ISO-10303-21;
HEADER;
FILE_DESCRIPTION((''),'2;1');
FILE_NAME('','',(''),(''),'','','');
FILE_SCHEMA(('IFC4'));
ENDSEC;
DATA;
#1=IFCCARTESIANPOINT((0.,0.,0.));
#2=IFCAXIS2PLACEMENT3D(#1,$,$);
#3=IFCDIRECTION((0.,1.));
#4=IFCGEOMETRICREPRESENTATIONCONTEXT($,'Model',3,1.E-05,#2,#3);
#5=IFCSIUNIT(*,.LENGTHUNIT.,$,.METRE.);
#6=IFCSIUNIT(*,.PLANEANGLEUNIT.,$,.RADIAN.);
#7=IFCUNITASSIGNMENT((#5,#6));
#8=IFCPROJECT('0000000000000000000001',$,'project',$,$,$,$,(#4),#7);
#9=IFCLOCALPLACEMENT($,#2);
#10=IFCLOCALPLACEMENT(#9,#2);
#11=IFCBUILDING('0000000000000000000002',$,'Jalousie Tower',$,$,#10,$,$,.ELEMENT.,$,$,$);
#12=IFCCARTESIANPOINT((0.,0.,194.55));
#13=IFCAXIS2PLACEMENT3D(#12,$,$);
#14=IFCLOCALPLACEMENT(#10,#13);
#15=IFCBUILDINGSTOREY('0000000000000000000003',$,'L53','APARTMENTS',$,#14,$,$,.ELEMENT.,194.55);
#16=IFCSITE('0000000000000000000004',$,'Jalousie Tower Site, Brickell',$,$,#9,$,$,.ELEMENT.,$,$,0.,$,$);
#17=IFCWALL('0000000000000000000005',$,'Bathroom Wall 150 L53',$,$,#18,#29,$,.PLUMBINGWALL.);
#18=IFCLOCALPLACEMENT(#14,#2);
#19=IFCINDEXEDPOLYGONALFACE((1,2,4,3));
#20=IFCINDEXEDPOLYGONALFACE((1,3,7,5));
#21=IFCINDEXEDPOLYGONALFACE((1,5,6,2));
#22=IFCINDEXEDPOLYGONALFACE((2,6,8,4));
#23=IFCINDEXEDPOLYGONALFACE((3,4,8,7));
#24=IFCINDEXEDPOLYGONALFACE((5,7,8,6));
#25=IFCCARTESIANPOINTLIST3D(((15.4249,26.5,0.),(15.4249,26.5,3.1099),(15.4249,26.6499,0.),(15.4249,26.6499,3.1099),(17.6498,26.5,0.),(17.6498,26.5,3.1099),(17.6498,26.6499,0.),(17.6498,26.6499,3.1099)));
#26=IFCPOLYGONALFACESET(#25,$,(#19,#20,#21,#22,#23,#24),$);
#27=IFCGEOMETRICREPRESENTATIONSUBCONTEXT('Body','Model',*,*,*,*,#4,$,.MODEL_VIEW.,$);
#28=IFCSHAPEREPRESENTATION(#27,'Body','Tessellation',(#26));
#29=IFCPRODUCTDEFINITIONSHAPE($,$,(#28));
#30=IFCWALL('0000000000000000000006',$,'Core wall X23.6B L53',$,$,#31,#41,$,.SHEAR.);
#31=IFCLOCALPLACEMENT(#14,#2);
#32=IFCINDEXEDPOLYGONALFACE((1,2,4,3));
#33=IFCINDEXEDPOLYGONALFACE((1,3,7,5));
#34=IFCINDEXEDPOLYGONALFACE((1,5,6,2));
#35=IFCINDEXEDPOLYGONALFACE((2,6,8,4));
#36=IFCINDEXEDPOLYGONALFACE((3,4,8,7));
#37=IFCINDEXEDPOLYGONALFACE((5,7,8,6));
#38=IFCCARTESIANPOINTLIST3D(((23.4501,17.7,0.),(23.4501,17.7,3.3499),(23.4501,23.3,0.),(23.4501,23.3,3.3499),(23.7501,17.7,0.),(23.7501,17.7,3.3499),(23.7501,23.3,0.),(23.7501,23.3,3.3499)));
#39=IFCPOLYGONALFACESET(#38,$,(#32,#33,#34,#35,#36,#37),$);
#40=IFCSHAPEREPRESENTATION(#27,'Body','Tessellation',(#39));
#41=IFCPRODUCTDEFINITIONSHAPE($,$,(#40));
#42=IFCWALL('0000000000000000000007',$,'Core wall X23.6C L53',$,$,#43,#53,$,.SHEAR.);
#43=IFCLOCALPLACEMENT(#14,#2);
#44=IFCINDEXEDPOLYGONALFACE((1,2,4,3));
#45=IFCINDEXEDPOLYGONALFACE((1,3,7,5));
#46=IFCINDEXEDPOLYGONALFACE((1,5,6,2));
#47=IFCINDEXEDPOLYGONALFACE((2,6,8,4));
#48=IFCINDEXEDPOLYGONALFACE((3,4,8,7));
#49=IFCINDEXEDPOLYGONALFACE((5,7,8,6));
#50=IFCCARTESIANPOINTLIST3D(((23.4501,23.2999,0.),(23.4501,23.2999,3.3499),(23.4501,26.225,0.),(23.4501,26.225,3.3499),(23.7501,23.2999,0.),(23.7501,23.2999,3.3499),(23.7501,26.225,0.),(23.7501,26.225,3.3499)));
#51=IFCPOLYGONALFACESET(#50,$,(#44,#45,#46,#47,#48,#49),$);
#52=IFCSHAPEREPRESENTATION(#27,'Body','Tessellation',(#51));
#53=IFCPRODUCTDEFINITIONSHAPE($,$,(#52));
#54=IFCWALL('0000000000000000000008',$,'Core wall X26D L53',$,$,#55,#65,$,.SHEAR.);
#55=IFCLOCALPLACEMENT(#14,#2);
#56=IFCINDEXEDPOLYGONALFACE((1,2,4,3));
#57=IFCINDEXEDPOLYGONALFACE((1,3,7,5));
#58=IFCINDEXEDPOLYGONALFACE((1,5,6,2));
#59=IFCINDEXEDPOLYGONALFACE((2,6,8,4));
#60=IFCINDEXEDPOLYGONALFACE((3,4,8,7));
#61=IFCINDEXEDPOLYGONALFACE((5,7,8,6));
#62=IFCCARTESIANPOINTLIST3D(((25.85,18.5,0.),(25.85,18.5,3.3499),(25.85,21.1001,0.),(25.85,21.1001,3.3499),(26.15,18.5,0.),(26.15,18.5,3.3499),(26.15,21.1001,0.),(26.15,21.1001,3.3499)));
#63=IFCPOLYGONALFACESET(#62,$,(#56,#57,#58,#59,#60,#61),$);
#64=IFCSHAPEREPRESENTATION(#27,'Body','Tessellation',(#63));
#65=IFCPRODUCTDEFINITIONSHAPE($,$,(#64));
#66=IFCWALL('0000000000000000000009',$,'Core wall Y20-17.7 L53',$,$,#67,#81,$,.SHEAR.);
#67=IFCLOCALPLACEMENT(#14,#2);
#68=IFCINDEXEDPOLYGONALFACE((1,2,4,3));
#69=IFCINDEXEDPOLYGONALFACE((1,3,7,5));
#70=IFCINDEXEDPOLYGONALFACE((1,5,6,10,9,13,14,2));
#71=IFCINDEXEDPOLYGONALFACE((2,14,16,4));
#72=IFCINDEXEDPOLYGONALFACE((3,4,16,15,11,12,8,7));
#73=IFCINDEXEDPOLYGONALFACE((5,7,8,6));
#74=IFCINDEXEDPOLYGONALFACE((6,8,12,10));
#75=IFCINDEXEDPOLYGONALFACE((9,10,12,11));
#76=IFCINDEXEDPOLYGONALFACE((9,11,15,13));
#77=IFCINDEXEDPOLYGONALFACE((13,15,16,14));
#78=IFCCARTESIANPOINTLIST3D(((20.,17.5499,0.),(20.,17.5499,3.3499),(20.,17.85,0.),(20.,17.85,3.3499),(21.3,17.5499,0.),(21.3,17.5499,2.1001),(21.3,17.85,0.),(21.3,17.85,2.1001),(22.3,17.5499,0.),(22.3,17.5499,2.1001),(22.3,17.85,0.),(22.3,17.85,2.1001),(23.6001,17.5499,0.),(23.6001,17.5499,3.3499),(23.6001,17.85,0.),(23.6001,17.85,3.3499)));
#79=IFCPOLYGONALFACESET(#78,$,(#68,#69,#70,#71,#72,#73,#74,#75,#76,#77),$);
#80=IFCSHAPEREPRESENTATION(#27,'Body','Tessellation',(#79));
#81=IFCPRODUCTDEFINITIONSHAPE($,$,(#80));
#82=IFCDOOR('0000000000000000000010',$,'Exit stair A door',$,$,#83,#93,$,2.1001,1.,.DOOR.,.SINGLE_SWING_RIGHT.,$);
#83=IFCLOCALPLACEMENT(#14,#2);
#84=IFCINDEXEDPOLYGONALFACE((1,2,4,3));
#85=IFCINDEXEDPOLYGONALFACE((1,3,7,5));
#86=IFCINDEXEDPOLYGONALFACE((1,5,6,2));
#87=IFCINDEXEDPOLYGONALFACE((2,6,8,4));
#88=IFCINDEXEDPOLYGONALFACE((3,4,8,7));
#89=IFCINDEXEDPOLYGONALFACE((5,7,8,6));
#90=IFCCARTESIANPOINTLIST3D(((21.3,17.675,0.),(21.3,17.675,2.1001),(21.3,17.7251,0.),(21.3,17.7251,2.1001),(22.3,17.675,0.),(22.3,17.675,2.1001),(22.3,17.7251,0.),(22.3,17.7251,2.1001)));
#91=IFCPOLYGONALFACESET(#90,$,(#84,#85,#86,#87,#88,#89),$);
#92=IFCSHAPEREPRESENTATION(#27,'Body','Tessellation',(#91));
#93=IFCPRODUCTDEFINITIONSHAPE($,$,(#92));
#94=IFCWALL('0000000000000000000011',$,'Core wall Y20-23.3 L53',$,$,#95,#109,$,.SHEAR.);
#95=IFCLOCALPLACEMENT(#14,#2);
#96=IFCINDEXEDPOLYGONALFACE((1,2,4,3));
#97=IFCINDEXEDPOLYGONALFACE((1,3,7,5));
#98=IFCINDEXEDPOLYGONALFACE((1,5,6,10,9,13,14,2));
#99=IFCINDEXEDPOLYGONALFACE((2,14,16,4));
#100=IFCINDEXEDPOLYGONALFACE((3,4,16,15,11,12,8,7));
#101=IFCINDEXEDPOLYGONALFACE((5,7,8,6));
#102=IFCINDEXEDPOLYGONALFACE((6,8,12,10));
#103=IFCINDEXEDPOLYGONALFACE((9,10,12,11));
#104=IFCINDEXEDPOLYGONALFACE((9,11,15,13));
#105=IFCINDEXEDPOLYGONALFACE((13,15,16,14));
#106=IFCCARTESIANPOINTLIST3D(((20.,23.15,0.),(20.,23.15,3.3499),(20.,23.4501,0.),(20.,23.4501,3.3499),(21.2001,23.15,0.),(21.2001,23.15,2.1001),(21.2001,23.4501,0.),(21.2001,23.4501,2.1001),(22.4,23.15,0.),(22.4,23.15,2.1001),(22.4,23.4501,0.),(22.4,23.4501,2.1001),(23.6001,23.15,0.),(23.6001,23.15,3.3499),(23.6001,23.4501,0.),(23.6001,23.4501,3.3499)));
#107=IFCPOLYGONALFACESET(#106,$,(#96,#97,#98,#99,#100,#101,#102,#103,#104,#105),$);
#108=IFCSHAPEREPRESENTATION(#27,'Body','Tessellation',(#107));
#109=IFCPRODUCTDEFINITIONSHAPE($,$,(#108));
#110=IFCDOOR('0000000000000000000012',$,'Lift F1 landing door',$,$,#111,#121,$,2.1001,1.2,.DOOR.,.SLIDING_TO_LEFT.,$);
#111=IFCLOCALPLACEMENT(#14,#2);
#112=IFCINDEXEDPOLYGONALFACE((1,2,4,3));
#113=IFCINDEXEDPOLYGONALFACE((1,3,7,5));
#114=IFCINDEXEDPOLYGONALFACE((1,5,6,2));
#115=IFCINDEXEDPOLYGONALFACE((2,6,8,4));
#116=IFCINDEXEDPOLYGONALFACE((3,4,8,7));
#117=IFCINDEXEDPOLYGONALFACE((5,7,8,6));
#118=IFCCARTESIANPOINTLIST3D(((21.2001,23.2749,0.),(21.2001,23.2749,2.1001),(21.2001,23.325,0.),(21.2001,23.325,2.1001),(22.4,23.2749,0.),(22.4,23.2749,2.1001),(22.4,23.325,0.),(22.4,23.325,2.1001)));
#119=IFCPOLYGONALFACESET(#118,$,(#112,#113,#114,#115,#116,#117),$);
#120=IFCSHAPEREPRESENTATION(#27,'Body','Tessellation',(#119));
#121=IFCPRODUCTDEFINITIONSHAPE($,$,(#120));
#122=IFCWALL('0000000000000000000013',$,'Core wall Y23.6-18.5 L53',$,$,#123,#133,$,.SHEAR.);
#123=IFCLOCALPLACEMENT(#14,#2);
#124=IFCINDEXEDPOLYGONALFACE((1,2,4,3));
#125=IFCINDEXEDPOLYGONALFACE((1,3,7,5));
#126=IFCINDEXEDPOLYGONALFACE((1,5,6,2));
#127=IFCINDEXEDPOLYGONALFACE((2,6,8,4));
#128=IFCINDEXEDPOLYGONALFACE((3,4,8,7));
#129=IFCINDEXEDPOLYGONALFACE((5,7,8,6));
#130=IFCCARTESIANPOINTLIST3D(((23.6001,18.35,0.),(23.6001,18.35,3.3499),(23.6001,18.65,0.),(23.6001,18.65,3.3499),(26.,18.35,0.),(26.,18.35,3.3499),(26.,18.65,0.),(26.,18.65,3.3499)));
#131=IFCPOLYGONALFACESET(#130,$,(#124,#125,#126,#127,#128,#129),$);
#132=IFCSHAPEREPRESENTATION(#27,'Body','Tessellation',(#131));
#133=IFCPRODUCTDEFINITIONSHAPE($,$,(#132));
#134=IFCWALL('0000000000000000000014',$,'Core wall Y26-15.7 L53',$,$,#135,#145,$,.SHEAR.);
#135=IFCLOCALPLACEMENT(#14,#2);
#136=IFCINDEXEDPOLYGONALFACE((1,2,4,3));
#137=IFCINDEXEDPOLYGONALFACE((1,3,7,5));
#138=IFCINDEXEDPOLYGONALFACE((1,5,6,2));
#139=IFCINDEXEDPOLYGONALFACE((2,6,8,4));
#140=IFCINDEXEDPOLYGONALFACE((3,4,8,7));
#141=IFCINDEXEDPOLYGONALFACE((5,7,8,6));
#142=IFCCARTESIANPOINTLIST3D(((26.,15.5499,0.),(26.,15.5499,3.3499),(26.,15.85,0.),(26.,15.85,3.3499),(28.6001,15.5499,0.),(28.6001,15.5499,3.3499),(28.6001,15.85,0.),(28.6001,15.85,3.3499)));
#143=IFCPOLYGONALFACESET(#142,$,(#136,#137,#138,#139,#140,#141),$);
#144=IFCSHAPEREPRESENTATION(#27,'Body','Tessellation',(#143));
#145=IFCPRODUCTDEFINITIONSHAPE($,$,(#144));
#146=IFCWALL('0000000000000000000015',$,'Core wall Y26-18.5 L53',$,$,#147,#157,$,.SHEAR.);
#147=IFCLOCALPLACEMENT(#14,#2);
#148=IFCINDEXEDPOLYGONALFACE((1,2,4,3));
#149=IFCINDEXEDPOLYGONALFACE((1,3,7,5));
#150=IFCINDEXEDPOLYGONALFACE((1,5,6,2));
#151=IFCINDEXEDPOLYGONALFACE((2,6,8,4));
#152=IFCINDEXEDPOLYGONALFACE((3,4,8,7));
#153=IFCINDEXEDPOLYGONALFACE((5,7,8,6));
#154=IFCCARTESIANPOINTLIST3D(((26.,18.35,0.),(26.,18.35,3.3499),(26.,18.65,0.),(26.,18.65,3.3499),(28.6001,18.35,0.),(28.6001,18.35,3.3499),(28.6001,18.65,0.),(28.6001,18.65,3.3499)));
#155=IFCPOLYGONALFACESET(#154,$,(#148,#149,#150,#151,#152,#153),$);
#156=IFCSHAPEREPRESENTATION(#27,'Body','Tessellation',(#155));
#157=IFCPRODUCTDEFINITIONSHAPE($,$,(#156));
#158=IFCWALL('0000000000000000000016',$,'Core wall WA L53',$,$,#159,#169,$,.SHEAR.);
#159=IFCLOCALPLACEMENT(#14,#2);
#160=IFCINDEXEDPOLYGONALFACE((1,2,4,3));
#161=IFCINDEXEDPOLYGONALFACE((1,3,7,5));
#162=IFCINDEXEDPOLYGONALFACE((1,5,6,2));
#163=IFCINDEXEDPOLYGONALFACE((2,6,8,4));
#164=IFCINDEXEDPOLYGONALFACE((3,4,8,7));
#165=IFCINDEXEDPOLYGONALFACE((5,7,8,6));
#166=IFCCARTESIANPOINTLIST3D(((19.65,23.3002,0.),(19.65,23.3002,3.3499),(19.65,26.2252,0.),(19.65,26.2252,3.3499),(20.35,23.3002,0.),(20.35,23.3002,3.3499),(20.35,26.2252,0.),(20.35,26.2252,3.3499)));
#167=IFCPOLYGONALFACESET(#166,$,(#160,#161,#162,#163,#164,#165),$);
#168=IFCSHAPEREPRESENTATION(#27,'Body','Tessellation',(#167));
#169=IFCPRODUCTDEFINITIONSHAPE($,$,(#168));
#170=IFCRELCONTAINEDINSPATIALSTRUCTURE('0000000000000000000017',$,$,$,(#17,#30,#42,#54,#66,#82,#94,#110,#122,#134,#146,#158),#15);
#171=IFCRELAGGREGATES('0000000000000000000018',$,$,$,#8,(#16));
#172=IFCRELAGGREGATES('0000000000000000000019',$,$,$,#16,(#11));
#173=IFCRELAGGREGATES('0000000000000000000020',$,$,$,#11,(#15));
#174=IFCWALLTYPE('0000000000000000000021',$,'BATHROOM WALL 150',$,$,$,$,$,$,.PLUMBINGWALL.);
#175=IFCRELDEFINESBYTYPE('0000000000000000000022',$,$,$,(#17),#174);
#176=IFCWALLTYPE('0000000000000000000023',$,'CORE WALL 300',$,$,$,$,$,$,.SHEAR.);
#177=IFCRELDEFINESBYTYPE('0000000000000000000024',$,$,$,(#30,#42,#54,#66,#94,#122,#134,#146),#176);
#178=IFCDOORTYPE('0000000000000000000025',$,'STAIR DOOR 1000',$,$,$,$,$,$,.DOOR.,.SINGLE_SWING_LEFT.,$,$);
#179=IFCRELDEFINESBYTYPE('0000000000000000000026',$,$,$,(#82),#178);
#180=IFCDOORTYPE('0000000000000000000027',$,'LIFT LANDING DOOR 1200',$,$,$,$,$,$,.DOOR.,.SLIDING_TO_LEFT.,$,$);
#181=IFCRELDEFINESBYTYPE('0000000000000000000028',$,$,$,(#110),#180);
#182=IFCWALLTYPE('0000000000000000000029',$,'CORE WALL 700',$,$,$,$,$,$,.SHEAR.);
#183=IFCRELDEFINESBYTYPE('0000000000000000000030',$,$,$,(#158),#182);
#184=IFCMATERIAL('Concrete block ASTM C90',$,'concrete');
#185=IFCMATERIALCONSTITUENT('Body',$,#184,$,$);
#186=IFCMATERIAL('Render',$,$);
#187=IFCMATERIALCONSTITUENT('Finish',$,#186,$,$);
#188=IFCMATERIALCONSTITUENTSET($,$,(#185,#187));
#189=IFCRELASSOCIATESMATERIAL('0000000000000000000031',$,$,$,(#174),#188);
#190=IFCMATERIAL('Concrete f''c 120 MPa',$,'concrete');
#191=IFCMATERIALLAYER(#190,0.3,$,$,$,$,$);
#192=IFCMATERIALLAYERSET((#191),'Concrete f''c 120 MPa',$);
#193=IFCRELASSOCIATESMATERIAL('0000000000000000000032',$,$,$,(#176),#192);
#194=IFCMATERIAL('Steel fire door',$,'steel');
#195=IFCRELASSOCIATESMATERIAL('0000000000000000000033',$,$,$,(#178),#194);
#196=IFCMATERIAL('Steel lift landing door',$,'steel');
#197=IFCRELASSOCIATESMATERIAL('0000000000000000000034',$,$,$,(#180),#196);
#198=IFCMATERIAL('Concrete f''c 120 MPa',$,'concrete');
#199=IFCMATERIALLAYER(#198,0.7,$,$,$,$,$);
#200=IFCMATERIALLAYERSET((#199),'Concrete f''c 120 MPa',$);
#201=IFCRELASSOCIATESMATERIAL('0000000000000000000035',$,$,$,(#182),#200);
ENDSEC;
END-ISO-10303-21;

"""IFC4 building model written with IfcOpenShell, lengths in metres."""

from ifc_helpers import new_model, si_unit, direction, frame, frame_2d, origin, place, context, subcontext, project, spatial, rectangle, extrude, material, layer, layer_set, constituent, constituent_set, type_object, element, fill, save


model = new_model("IFC4")

# Units and contexts
model_context = context("Model", 3, precision=1e-05, world=origin(), true_north=direction((0.0, 1.0)))
body_context = subcontext(model_context, "Body", "Model", "MODEL_VIEW")
ifc_project = project(units=[si_unit("LENGTHUNIT", "METRE"), si_unit("PLANEANGLEUNIT", "RADIAN")], contexts=[model_context])

# Site, building, storey
site_placement = place(None, origin())
site = spatial("IfcSite", under=ifc_project, at=site_placement, Name="Jalousie Tower Site, Brickell", CompositionType="ELEMENT", RefElevation=0.0)
building_placement = place(site_placement, origin())
building = spatial("IfcBuilding", under=site, at=building_placement, Name="Jalousie Tower", CompositionType="ELEMENT")
storey_placement = place(building_placement, frame((0.0, 0.0, 194.55)))
storey = spatial("IfcBuildingStorey", under=building, at=storey_placement, Name="L53", Description="APARTMENTS", CompositionType="ELEMENT", Elevation=194.55)

# Walls
ifc_material_1 = material(Name="Concrete block ASTM C90", Category="concrete")
ifc_constituent_1 = constituent(ifc_material_1, Name="Body")
ifc_material_2 = material(Name="Render")
ifc_constituent_2 = constituent(ifc_material_2, Name="Finish")
ifc_constituent_set = constituent_set(constituents=[ifc_constituent_1, ifc_constituent_2])
wall_type_1 = type_object("IfcWallType", Name="BATHROOM WALL 150", PredefinedType="PLUMBINGWALL", material=ifc_constituent_set)
wall_1_placement = place(storey_placement, frame((15.425, 26.575, 0.0), z_axis=(0.0, 0.0, 1.0), x_axis=(1.0, 0.0, 0.0)))
element("IfcWall", 1, at=wall_1_placement, inside=storey, type_object=wall_type_1, Name="Bathroom Wall 150 L53", PredefinedType="PLUMBINGWALL", context=body_context, shape_type="SweptSolid", body=[
    extrude(rectangle(XDim=2.2249, YDim=0.1499, at=frame_2d((1.1123, 0.0))), origin(), (0.0, 0.0, 1.0), 3.1099),
])
ifc_material_3 = material(Name="Concrete f'c 120 MPa", Category="concrete")
ifc_layer_1 = layer(ifc_material_3, 0.3)
ifc_layer_set_1 = layer_set([ifc_layer_1], Name="Concrete f'c 120 MPa")
wall_type_2 = type_object("IfcWallType", Name="CORE WALL 300", PredefinedType="SHEAR", material=ifc_layer_set_1)
wall_2_placement = place(storey_placement, frame((23.6001, 17.7, 0.0), z_axis=(0.0, 0.0, 1.0), x_axis=(0.0, 1.0, 0.0)))
element("IfcWall", 2, at=wall_2_placement, inside=storey, type_object=wall_type_2, Name="Core wall X23.6B L53", PredefinedType="SHEAR", context=body_context, shape_type="SweptSolid", body=[
    extrude(rectangle(XDim=5.6001, YDim=0.3, at=frame_2d((2.8, 0.0))), origin(), (0.0, 0.0, 1.0), 3.3499),
])
wall_3_placement = place(storey_placement, frame((23.6001, 23.3, 0.0), z_axis=(0.0, 0.0, 1.0), x_axis=(0.0, 1.0, 0.0)))
element("IfcWall", 3, at=wall_3_placement, inside=storey, type_object=wall_type_2, Name="Core wall X23.6C L53", PredefinedType="SHEAR", context=body_context, shape_type="SweptSolid", body=[
    extrude(rectangle(XDim=2.925, YDim=0.3, at=frame_2d((1.4624, 0.0))), origin(), (0.0, 0.0, 1.0), 3.3499),
])
wall_4_placement = place(storey_placement, frame((26.0, 18.5, 0.0), z_axis=(0.0, 0.0, 1.0), x_axis=(0.0, 1.0, 0.0)))
element("IfcWall", 4, at=wall_4_placement, inside=storey, type_object=wall_type_2, Name="Core wall X26D L53", PredefinedType="SHEAR", context=body_context, shape_type="SweptSolid", body=[
    extrude(rectangle(XDim=2.6001, YDim=0.3, at=frame_2d((1.3, 0.0))), origin(), (0.0, 0.0, 1.0), 3.3499),
])

# Walls, openings, doors
wall_5_placement = place(storey_placement, frame((20.0, 17.7, 0.0), z_axis=(0.0, 0.0, 1.0), x_axis=(1.0, 0.0, 0.0)))
wall_5 = element("IfcWall", 5, at=wall_5_placement, inside=storey, type_object=wall_type_2, Name="Core wall Y20-17.7 L53", PredefinedType="SHEAR", context=body_context, shape_type="SweptSolid", body=[
    extrude(rectangle(XDim=3.6001, YDim=0.3, at=frame_2d((1.8, 0.0))), origin(), (0.0, 0.0, 1.0), 3.3499),
])
opening_1_placement = place(wall_5_placement, frame((1.3, 0.0, 0.0)))
opening_1 = element("IfcOpeningElement", 6, at=opening_1_placement, cuts=wall_5, PredefinedType="OPENING", context=body_context, shape_type="SweptSolid", body=[
    extrude(rectangle(XDim=1.0, YDim=2.1001, at=frame_2d((0.5, 1.05))), frame((0.0, 0.1599, 0.0), z_axis=(0.0, -1.0, 0.0), x_axis=(1.0, 0.0, 0.0)), (0.0, 0.0, 1.0), 0.3201),
])
ifc_material_4 = material(Name="Steel fire door", Category="steel")
door_type_1 = type_object("IfcDoorType", Name="STAIR DOOR 1000", OperationType="SINGLE_SWING_LEFT", PredefinedType="DOOR", material=ifc_material_4)
door_1_placement = place(opening_1_placement, frame((1.0, 0.0, 0.0), z_axis=(0.0, 0.0, 1.0), x_axis=(-1.0, 0.0, 0.0)))
door_1 = element("IfcDoor", 7, at=door_1_placement, inside=storey, type_object=door_type_1, Name="Exit stair A door", OperationType="SINGLE_SWING_RIGHT", OverallHeight=2.1001, OverallWidth=1.0, PredefinedType="DOOR", context=body_context, shape_type="SweptSolid", body=[
    extrude(rectangle(XDim=1.0, YDim=2.1001, at=frame_2d((0.5, 1.05))), frame((0.0, 0.0249, 0.0), z_axis=(0.0, -1.0, 0.0), x_axis=(1.0, 0.0, 0.0)), (0.0, 0.0, 1.0), 0.05),
])
fill(opening_1, door_1)
wall_6_placement = place(storey_placement, frame((20.0, 23.3, 0.0), z_axis=(0.0, 0.0, 1.0), x_axis=(1.0, 0.0, 0.0)))
wall_6 = element("IfcWall", 8, at=wall_6_placement, inside=storey, type_object=wall_type_2, Name="Core wall Y20-23.3 L53", PredefinedType="SHEAR", context=body_context, shape_type="SweptSolid", body=[
    extrude(rectangle(XDim=3.6001, YDim=0.3, at=frame_2d((1.8, 0.0))), origin(), (0.0, 0.0, 1.0), 3.3499),
])
opening_2_placement = place(wall_6_placement, frame((1.2, 0.0, 0.0)))
opening_2 = element("IfcOpeningElement", 9, at=opening_2_placement, cuts=wall_6, PredefinedType="OPENING", context=body_context, shape_type="SweptSolid", body=[
    extrude(rectangle(XDim=1.2, YDim=2.1001, at=frame_2d((0.6001, 1.05))), frame((0.0, 0.1599, 0.0), z_axis=(0.0, -1.0, 0.0), x_axis=(1.0, 0.0, 0.0)), (0.0, 0.0, 1.0), 0.3201),
])
ifc_material_5 = material(Name="Steel lift landing door", Category="steel")
door_type_2 = type_object("IfcDoorType", Name="LIFT LANDING DOOR 1200", OperationType="SLIDING_TO_LEFT", PredefinedType="DOOR", material=ifc_material_5)
door_2_placement = place(opening_2_placement, origin())
door_2 = element("IfcDoor", 10, at=door_2_placement, inside=storey, type_object=door_type_2, Name="Lift F1 landing door", OperationType="SLIDING_TO_LEFT", OverallHeight=2.1001, OverallWidth=1.2, PredefinedType="DOOR", context=body_context, shape_type="SweptSolid", body=[
    extrude(rectangle(XDim=1.2, YDim=2.1001, at=frame_2d((0.6001, 1.05))), frame((0.0, 0.0249, 0.0), z_axis=(0.0, -1.0, 0.0), x_axis=(1.0, 0.0, 0.0)), (0.0, 0.0, 1.0), 0.05),
])
fill(opening_2, door_2)

# Walls
wall_7_placement = place(storey_placement, frame((23.6001, 18.5, 0.0), z_axis=(0.0, 0.0, 1.0), x_axis=(1.0, 0.0, 0.0)))
element("IfcWall", 11, at=wall_7_placement, inside=storey, type_object=wall_type_2, Name="Core wall Y23.6-18.5 L53", PredefinedType="SHEAR", context=body_context, shape_type="SweptSolid", body=[
    extrude(rectangle(XDim=2.3999, YDim=0.3, at=frame_2d((1.2, 0.0))), origin(), (0.0, 0.0, 1.0), 3.3499),
])
for number, where, z_axis, x_axis, name in (
    (12, (26.0, 15.7, 0.0), (0.0, 0.0, 1.0), (1.0, 0.0, 0.0), "Core wall Y26-15.7 L53"),
    (13, (26.0, 18.5, 0.0), (0.0, 0.0, 1.0), (1.0, 0.0, 0.0), "Core wall Y26-18.5 L53"),
):
    element("IfcWall", number, at=place(storey_placement, frame(where, z_axis=z_axis, x_axis=x_axis)), inside=storey, type_object=wall_type_2, Name=name, PredefinedType="SHEAR", context=body_context, shape_type="SweptSolid", body=[
        extrude(rectangle(XDim=2.6001, YDim=0.3, at=frame_2d((1.3, 0.0))), origin(), (0.0, 0.0, 1.0), 3.3499),
    ])
ifc_material_6 = material(Name="Concrete f'c 120 MPa", Category="concrete")
ifc_layer_2 = layer(ifc_material_6, 0.7)
ifc_layer_set_2 = layer_set([ifc_layer_2], Name="Concrete f'c 120 MPa")
wall_type_3 = type_object("IfcWallType", Name="CORE WALL 700", PredefinedType="SHEAR", material=ifc_layer_set_2)
wall_8_placement = place(storey_placement, frame((20.0, 26.2251, 0.0), z_axis=(0.0, 0.0, 1.0), x_axis=(0.0, -1.0, 0.0)))
element("IfcWall", 14, at=wall_8_placement, inside=storey, type_object=wall_type_3, Name="Core wall WA L53", PredefinedType="SHEAR", context=body_context, shape_type="SweptSolid", body=[
    extrude(rectangle(XDim=2.925, YDim=0.7, at=frame_2d((1.4624, 0.0))), origin(), (0.0, 0.0, 1.0), 3.3499),
])

save(model, "model.ifc")
